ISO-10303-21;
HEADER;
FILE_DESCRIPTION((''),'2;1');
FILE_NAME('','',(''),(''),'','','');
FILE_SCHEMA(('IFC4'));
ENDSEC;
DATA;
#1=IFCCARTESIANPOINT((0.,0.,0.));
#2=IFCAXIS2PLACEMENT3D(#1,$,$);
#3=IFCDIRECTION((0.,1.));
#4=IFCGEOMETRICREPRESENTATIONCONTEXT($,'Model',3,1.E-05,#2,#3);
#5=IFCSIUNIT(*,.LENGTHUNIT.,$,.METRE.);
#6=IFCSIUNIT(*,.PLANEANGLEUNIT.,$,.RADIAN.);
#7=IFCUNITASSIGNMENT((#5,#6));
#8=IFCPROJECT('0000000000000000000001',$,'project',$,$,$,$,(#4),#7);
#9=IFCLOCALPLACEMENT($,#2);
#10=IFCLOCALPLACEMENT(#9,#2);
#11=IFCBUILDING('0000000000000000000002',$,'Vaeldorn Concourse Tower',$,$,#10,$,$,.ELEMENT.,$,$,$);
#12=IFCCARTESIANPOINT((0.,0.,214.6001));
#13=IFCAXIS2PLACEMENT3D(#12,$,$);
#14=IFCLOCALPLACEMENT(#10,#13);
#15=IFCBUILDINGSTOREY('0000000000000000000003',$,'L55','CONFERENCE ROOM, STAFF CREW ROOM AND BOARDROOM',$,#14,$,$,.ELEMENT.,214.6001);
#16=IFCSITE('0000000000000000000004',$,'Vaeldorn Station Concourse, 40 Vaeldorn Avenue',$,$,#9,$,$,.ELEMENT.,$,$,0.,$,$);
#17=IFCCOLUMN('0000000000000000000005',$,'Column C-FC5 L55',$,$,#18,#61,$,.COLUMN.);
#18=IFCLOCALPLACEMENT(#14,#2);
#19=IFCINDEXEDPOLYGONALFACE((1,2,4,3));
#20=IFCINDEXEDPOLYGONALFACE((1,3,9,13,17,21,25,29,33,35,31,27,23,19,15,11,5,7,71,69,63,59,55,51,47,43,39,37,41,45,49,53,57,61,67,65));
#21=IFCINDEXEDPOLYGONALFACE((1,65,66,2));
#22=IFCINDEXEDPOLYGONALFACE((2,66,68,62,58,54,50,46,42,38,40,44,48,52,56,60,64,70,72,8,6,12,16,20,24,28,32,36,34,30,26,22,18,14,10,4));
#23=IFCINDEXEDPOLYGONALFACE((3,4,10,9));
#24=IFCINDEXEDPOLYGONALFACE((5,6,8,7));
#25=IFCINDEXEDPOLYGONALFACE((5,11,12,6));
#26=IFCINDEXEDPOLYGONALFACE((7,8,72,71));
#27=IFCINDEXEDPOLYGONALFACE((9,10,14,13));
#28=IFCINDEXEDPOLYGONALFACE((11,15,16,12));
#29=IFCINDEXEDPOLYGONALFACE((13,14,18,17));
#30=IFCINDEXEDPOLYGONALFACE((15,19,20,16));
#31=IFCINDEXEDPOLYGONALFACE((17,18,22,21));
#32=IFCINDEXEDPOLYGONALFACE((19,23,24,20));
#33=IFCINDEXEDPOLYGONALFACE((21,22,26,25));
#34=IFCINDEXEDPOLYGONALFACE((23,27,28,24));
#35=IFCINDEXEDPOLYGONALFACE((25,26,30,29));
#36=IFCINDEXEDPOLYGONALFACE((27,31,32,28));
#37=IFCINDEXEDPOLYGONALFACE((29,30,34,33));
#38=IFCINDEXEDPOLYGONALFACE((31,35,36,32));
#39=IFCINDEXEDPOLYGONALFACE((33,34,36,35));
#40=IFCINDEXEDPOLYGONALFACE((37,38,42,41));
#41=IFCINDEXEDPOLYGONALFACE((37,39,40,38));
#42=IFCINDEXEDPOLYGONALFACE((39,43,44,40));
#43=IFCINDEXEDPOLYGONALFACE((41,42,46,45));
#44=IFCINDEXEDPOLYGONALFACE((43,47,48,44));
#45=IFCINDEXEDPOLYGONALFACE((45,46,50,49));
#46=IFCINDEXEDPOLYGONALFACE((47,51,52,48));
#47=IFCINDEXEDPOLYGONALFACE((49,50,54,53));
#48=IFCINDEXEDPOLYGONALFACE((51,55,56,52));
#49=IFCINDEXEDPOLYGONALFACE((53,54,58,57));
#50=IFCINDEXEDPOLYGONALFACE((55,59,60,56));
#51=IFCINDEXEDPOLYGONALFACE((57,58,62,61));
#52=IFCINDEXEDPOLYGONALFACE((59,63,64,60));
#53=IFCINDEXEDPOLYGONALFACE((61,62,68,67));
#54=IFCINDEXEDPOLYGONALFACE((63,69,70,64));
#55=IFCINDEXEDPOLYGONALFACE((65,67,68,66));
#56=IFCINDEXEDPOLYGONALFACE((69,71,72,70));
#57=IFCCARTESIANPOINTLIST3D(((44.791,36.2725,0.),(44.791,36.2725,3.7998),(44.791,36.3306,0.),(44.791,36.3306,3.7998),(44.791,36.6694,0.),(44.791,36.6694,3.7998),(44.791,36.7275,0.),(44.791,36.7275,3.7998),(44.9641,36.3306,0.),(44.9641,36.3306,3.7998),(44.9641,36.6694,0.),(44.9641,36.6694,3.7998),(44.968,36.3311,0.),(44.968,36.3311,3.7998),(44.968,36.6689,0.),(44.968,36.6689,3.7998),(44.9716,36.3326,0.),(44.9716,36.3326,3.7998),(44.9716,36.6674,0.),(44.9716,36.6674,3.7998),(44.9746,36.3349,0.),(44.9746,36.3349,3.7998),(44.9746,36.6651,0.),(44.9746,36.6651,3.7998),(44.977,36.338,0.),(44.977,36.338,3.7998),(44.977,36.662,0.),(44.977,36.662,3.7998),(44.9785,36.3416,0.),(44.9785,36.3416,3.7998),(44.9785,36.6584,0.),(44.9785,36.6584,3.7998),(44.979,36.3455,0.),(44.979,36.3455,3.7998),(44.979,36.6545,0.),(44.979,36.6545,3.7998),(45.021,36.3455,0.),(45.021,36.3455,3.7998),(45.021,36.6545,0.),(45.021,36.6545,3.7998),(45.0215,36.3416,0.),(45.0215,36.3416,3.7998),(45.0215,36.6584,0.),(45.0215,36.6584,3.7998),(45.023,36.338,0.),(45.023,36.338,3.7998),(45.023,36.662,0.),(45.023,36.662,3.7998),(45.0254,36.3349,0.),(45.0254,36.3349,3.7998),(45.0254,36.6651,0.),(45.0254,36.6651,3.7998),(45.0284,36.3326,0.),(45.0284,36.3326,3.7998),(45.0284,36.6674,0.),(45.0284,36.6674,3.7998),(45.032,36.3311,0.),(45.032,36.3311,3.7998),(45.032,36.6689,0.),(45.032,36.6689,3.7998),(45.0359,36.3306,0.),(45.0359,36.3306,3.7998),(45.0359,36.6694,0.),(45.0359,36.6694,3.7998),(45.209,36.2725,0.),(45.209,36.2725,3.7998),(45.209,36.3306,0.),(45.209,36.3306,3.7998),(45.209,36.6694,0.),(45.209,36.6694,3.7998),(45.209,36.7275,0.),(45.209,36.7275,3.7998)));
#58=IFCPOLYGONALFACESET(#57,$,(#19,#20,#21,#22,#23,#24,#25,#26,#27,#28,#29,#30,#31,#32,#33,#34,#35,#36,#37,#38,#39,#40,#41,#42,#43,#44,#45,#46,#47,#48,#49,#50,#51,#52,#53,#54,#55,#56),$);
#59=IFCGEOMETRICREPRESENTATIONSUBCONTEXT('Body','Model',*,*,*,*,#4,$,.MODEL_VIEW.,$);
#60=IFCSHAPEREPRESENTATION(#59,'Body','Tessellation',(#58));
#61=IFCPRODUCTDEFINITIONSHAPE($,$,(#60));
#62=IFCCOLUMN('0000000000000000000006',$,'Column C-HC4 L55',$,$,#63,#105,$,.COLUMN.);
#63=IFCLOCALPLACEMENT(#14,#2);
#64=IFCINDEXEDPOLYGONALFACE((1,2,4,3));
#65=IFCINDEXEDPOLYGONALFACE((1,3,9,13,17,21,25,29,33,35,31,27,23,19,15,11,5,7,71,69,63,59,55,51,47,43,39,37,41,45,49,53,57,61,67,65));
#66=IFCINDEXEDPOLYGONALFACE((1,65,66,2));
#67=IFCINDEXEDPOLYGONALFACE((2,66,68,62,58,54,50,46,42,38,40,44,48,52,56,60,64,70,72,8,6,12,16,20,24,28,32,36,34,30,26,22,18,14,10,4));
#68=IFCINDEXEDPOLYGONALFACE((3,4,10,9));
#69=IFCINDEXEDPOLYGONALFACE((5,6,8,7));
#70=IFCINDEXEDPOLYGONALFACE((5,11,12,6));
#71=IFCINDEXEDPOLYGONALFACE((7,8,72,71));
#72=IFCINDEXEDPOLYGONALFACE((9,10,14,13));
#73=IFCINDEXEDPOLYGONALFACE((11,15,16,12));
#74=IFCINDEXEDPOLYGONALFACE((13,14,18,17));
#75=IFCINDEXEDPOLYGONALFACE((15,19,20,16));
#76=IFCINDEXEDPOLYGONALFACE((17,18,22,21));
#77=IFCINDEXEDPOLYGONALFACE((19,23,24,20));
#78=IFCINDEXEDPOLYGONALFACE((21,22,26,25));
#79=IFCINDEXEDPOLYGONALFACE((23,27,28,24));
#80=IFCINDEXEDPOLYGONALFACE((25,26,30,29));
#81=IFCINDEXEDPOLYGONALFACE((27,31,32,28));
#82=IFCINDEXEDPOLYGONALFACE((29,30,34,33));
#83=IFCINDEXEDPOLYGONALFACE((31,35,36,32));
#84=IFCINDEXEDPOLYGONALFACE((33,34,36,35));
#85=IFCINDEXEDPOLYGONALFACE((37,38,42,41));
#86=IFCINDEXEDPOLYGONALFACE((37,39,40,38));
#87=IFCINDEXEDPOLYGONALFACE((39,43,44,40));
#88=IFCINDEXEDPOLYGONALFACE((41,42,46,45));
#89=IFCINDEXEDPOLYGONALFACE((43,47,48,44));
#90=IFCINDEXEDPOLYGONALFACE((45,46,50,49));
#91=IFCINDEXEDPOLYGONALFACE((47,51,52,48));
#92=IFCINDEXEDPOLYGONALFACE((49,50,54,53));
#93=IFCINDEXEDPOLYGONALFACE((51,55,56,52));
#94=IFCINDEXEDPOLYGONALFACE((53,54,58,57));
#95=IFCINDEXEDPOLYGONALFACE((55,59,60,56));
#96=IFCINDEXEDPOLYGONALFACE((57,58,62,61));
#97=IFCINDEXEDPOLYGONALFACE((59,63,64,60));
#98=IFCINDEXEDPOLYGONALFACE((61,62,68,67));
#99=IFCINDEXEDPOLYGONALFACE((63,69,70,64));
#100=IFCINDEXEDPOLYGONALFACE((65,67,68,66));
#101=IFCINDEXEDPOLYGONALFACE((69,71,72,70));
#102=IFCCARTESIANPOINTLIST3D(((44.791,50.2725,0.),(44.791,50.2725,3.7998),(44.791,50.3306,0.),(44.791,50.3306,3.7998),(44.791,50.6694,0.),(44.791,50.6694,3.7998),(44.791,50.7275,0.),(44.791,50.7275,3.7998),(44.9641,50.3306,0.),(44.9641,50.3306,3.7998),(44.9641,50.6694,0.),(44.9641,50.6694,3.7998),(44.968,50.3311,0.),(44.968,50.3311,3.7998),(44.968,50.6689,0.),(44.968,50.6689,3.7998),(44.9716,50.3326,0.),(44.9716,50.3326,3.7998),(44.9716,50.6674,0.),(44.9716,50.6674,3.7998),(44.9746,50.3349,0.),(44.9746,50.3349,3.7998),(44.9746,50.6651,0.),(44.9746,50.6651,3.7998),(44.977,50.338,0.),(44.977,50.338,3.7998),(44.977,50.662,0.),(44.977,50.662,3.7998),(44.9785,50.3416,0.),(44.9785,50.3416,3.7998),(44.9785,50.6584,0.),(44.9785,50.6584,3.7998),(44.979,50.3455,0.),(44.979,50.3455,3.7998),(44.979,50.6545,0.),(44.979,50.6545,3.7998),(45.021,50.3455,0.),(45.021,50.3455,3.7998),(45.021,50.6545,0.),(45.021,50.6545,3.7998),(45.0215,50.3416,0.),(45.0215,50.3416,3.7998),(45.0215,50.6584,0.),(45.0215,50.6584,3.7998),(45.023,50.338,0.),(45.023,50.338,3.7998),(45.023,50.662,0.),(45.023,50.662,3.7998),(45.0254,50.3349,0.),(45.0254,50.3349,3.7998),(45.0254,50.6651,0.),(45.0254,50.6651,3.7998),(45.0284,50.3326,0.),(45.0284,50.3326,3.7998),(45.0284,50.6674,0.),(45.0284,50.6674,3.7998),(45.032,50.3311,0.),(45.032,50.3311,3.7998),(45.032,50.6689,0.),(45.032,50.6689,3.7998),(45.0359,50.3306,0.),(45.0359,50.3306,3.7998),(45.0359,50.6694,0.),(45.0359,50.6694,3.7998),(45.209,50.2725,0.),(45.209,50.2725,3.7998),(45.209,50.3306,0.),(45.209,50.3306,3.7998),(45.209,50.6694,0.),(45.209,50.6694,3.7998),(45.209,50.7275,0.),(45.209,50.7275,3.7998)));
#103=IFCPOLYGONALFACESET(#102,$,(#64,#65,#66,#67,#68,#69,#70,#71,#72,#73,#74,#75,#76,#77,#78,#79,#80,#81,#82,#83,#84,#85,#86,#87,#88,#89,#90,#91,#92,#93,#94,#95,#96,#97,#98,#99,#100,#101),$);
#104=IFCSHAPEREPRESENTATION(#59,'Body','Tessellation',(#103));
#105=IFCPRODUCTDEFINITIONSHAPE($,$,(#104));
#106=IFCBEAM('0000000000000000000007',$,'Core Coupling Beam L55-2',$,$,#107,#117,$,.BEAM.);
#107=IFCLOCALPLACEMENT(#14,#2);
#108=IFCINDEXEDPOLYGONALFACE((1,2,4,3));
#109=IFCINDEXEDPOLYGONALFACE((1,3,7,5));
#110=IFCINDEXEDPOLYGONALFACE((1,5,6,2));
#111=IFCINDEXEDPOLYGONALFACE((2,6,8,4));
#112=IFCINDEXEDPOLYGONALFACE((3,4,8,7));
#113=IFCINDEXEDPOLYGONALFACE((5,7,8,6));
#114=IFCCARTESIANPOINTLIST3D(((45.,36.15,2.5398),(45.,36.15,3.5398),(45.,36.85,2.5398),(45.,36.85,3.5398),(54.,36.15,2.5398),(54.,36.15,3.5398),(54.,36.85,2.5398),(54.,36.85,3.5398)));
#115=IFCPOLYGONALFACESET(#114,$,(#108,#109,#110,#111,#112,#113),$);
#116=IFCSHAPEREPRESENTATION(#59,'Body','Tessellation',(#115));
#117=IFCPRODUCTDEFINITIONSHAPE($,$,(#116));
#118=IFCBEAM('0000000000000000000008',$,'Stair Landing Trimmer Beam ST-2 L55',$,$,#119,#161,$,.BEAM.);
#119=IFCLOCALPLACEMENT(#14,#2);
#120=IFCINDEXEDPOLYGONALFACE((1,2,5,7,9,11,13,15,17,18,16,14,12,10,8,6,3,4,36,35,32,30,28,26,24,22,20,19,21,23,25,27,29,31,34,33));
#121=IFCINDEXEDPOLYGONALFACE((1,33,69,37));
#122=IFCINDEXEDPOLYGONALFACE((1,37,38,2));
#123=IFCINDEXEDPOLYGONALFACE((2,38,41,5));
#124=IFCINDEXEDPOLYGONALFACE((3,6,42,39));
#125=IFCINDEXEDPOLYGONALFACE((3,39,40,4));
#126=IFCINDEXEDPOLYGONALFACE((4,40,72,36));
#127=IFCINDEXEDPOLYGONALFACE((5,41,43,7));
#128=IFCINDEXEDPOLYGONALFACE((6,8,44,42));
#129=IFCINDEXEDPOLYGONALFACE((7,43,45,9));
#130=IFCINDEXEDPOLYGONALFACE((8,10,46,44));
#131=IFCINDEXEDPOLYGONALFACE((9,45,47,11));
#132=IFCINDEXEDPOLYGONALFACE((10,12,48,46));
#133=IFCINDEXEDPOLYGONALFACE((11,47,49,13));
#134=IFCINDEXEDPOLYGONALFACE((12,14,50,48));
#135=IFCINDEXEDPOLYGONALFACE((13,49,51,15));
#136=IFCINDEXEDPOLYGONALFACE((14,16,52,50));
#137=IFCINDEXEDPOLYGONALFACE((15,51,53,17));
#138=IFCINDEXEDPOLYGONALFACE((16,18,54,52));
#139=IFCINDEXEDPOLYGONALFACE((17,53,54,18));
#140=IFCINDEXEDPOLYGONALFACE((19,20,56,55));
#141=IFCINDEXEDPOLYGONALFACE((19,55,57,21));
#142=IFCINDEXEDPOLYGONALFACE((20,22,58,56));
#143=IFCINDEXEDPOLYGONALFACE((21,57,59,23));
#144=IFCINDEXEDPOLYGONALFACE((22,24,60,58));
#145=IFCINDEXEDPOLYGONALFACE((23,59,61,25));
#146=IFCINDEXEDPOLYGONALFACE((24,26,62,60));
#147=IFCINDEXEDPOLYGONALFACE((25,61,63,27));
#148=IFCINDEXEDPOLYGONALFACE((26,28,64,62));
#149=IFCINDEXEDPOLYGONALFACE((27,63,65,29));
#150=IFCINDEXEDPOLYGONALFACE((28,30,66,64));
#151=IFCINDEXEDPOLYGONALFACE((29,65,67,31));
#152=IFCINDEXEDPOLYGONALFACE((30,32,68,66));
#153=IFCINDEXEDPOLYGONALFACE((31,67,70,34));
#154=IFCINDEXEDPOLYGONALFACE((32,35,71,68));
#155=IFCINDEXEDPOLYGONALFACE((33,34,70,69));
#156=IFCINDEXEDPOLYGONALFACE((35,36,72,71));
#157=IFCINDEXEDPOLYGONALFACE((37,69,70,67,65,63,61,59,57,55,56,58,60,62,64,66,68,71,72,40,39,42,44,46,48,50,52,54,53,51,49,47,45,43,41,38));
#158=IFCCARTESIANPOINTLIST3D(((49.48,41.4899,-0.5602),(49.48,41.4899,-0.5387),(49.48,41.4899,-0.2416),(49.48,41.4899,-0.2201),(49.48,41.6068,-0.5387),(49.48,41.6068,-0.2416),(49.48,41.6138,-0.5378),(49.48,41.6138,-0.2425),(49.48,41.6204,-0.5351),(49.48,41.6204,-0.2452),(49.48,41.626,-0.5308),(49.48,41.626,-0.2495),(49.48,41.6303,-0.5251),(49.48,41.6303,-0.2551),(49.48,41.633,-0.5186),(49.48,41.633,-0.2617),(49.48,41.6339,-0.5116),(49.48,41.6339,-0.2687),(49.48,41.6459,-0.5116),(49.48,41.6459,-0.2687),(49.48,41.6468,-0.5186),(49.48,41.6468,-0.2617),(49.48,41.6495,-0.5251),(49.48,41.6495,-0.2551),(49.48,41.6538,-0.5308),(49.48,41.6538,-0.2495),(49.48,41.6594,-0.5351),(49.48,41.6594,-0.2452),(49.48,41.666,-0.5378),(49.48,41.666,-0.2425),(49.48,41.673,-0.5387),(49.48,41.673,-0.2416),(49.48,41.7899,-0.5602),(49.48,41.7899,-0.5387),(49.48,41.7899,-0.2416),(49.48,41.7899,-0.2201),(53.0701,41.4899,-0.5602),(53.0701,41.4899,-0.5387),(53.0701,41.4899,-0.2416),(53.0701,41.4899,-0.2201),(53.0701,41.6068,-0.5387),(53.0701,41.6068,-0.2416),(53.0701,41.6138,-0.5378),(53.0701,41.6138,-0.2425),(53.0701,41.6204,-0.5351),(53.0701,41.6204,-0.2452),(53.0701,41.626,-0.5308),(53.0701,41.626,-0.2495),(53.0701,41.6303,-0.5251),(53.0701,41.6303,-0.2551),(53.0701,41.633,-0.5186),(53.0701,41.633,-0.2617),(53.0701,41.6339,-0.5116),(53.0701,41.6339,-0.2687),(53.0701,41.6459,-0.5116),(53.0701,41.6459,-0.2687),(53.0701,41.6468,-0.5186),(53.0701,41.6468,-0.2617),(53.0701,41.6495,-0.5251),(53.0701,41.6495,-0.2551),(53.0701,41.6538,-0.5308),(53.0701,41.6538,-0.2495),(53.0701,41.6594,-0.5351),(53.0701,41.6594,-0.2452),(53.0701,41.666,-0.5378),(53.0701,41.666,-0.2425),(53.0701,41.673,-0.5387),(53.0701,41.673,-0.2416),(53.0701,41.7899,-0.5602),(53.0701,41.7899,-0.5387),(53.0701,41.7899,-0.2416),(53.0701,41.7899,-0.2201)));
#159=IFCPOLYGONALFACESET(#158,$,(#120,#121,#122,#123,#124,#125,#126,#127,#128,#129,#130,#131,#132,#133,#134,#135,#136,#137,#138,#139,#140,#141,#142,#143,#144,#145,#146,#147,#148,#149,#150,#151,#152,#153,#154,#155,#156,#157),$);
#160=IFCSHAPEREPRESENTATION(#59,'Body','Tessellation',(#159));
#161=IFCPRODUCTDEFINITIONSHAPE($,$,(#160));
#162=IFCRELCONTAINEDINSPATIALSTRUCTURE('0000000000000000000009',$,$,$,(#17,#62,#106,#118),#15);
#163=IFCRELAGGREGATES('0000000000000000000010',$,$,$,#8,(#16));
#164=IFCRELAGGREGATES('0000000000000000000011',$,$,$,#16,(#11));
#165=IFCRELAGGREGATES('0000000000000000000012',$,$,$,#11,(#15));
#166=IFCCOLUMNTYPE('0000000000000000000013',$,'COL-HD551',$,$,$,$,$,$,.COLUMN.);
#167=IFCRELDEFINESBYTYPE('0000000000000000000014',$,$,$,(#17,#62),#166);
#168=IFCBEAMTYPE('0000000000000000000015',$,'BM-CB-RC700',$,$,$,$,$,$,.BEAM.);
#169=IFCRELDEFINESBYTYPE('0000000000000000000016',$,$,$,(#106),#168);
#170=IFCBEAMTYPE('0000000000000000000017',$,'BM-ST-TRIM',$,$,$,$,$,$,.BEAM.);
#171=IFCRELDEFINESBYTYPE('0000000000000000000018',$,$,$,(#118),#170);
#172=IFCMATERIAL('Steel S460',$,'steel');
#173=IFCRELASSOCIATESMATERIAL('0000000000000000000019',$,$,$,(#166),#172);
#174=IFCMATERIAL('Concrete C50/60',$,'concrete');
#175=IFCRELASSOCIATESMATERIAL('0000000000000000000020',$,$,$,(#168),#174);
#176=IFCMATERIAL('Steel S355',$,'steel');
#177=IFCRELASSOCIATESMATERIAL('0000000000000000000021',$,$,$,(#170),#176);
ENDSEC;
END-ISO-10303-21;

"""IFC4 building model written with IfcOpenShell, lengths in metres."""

from ifc_helpers import new_model, si_unit, direction, frame, origin, origin_2d, place, context, subcontext, project, spatial, rectangle, i_section, extrude, source, transform, mapped, material, material_profile, profile_set, type_object, element, save


model = new_model("IFC4")

# Units and contexts
model_context = context("Model", 3, precision=1e-05, world=origin(), true_north=direction((0.0, 1.0)))
body_context = subcontext(model_context, "Body", "Model", "MODEL_VIEW")
ifc_project = project(units=[si_unit("LENGTHUNIT", "METRE"), si_unit("PLANEANGLEUNIT", "RADIAN")], contexts=[model_context])

# Site, building, storey
site_placement = place(None, origin())
site = spatial("IfcSite", under=ifc_project, at=site_placement, Name="Vaeldorn Station Concourse, 40 Vaeldorn Avenue", CompositionType="ELEMENT", RefElevation=0.0)
building_placement = place(site_placement, origin())
building = spatial("IfcBuilding", under=site, at=building_placement, Name="Vaeldorn Concourse Tower", CompositionType="ELEMENT")
storey_placement = place(building_placement, frame((0.0, 0.0, 214.6001)))
storey = spatial("IfcBuildingStorey", under=building, at=storey_placement, Name="L55", Description="CONFERENCE ROOM, STAFF CREW ROOM AND BOARDROOM", CompositionType="ELEMENT", Elevation=214.6001)

# Columns
ifc_material_1 = material(Name="Steel S460", Category="steel")
ifc_material_profile_1 = material_profile(ifc_material_1, i_section(OverallWidth=0.418, OverallDepth=0.4551, WebThickness=0.042, FlangeThickness=0.0581, FilletRadius=0.0149, at=origin_2d()), Name="HD 400x551")
ifc_profile_set_1 = profile_set([ifc_material_profile_1], Name="Steel S460")
column_type = type_object("IfcColumnType", Name="COL-HD551", PredefinedType="COLUMN", material=ifc_profile_set_1)
shared_shape_1 = source(origin(), body_context, "Body", "SweptSolid", [
    extrude(i_section(OverallWidth=0.418, OverallDepth=0.4551, WebThickness=0.042, FlangeThickness=0.0581, FilletRadius=0.0149, at=origin_2d()), origin(), (0.0, 0.0, 1.0), 3.7998),
])
for number, where, z_axis, x_axis, name in (
    (1, (45.0, 36.5, 0.0), (0.0, 0.0, 1.0), (1.0, 0.0, 0.0), "Column C-FC5 L55"),
    (2, (45.0, 50.5, 0.0), (0.0, 0.0, 1.0), (1.0, 0.0, 0.0), "Column C-HC4 L55"),
):
    element("IfcColumn", number, at=place(storey_placement, frame(where, z_axis=z_axis, x_axis=x_axis)), inside=storey, type_object=column_type, Name=name, PredefinedType="COLUMN", context=body_context, shape_type="MappedRepresentation", body=[
        mapped(shared_shape_1, transform((0.0, 0.0, 0.0), scale=1.0)),
    ])

# Beams
ifc_material_2 = material(Name="Concrete C50/60", Category="concrete")
ifc_material_profile_2 = material_profile(ifc_material_2, rectangle(XDim=0.7, YDim=1.0, at=origin_2d()), Name="RC 700x1000")
ifc_profile_set_2 = profile_set([ifc_material_profile_2], Name="Concrete C50/60")
beam_type_1 = type_object("IfcBeamType", Name="BM-CB-RC700", PredefinedType="BEAM", material=ifc_profile_set_2)
shared_shape_2 = source(origin(), body_context, "Body", "SweptSolid", [
    extrude(rectangle(XDim=0.7, YDim=1.0, at=origin_2d()), origin(), (0.0, 0.0, 1.0), 9.0),
])
beam_1_placement = place(storey_placement, frame((45.0, 36.5, 3.0398), z_axis=(1.0, 0.0, 0.0), x_axis=(0.0, 1.0, 0.0)))
element("IfcBeam", 3, at=beam_1_placement, inside=storey, type_object=beam_type_1, Name="Core Coupling Beam L55-2", PredefinedType="BEAM", context=body_context, shape_type="MappedRepresentation", body=[
    mapped(shared_shape_2, transform((0.0, 0.0, 0.0), scale=1.0)),
])
ifc_material_3 = material(Name="Steel S355", Category="steel")
ifc_material_profile_3 = material_profile(ifc_material_3, i_section(OverallWidth=0.3, OverallDepth=0.3401, WebThickness=0.012, FlangeThickness=0.0215, FilletRadius=0.0271, at=origin_2d()), Name="HEB 340")
ifc_profile_set_3 = profile_set([ifc_material_profile_3], Name="Steel S355")
beam_type_2 = type_object("IfcBeamType", Name="BM-ST-TRIM", PredefinedType="BEAM", material=ifc_profile_set_3)
shared_shape_3 = source(origin(), body_context, "Body", "SweptSolid", [
    extrude(i_section(OverallWidth=0.3, OverallDepth=0.3401, WebThickness=0.012, FlangeThickness=0.0215, FilletRadius=0.0271, at=origin_2d()), origin(), (0.0, 0.0, 1.0), 3.5901),
])
beam_2_placement = place(storey_placement, frame((49.48, 41.6399, -0.3901), z_axis=(1.0, 0.0, 0.0), x_axis=(0.0, 1.0, 0.0)))
element("IfcBeam", 4, at=beam_2_placement, inside=storey, type_object=beam_type_2, Name="Stair Landing Trimmer Beam ST-2 L55", PredefinedType="BEAM", context=body_context, shape_type="MappedRepresentation", body=[
    mapped(shared_shape_3, transform((0.0, 0.0, 0.0), scale=1.0)),
])

save(model, "model.ifc")
